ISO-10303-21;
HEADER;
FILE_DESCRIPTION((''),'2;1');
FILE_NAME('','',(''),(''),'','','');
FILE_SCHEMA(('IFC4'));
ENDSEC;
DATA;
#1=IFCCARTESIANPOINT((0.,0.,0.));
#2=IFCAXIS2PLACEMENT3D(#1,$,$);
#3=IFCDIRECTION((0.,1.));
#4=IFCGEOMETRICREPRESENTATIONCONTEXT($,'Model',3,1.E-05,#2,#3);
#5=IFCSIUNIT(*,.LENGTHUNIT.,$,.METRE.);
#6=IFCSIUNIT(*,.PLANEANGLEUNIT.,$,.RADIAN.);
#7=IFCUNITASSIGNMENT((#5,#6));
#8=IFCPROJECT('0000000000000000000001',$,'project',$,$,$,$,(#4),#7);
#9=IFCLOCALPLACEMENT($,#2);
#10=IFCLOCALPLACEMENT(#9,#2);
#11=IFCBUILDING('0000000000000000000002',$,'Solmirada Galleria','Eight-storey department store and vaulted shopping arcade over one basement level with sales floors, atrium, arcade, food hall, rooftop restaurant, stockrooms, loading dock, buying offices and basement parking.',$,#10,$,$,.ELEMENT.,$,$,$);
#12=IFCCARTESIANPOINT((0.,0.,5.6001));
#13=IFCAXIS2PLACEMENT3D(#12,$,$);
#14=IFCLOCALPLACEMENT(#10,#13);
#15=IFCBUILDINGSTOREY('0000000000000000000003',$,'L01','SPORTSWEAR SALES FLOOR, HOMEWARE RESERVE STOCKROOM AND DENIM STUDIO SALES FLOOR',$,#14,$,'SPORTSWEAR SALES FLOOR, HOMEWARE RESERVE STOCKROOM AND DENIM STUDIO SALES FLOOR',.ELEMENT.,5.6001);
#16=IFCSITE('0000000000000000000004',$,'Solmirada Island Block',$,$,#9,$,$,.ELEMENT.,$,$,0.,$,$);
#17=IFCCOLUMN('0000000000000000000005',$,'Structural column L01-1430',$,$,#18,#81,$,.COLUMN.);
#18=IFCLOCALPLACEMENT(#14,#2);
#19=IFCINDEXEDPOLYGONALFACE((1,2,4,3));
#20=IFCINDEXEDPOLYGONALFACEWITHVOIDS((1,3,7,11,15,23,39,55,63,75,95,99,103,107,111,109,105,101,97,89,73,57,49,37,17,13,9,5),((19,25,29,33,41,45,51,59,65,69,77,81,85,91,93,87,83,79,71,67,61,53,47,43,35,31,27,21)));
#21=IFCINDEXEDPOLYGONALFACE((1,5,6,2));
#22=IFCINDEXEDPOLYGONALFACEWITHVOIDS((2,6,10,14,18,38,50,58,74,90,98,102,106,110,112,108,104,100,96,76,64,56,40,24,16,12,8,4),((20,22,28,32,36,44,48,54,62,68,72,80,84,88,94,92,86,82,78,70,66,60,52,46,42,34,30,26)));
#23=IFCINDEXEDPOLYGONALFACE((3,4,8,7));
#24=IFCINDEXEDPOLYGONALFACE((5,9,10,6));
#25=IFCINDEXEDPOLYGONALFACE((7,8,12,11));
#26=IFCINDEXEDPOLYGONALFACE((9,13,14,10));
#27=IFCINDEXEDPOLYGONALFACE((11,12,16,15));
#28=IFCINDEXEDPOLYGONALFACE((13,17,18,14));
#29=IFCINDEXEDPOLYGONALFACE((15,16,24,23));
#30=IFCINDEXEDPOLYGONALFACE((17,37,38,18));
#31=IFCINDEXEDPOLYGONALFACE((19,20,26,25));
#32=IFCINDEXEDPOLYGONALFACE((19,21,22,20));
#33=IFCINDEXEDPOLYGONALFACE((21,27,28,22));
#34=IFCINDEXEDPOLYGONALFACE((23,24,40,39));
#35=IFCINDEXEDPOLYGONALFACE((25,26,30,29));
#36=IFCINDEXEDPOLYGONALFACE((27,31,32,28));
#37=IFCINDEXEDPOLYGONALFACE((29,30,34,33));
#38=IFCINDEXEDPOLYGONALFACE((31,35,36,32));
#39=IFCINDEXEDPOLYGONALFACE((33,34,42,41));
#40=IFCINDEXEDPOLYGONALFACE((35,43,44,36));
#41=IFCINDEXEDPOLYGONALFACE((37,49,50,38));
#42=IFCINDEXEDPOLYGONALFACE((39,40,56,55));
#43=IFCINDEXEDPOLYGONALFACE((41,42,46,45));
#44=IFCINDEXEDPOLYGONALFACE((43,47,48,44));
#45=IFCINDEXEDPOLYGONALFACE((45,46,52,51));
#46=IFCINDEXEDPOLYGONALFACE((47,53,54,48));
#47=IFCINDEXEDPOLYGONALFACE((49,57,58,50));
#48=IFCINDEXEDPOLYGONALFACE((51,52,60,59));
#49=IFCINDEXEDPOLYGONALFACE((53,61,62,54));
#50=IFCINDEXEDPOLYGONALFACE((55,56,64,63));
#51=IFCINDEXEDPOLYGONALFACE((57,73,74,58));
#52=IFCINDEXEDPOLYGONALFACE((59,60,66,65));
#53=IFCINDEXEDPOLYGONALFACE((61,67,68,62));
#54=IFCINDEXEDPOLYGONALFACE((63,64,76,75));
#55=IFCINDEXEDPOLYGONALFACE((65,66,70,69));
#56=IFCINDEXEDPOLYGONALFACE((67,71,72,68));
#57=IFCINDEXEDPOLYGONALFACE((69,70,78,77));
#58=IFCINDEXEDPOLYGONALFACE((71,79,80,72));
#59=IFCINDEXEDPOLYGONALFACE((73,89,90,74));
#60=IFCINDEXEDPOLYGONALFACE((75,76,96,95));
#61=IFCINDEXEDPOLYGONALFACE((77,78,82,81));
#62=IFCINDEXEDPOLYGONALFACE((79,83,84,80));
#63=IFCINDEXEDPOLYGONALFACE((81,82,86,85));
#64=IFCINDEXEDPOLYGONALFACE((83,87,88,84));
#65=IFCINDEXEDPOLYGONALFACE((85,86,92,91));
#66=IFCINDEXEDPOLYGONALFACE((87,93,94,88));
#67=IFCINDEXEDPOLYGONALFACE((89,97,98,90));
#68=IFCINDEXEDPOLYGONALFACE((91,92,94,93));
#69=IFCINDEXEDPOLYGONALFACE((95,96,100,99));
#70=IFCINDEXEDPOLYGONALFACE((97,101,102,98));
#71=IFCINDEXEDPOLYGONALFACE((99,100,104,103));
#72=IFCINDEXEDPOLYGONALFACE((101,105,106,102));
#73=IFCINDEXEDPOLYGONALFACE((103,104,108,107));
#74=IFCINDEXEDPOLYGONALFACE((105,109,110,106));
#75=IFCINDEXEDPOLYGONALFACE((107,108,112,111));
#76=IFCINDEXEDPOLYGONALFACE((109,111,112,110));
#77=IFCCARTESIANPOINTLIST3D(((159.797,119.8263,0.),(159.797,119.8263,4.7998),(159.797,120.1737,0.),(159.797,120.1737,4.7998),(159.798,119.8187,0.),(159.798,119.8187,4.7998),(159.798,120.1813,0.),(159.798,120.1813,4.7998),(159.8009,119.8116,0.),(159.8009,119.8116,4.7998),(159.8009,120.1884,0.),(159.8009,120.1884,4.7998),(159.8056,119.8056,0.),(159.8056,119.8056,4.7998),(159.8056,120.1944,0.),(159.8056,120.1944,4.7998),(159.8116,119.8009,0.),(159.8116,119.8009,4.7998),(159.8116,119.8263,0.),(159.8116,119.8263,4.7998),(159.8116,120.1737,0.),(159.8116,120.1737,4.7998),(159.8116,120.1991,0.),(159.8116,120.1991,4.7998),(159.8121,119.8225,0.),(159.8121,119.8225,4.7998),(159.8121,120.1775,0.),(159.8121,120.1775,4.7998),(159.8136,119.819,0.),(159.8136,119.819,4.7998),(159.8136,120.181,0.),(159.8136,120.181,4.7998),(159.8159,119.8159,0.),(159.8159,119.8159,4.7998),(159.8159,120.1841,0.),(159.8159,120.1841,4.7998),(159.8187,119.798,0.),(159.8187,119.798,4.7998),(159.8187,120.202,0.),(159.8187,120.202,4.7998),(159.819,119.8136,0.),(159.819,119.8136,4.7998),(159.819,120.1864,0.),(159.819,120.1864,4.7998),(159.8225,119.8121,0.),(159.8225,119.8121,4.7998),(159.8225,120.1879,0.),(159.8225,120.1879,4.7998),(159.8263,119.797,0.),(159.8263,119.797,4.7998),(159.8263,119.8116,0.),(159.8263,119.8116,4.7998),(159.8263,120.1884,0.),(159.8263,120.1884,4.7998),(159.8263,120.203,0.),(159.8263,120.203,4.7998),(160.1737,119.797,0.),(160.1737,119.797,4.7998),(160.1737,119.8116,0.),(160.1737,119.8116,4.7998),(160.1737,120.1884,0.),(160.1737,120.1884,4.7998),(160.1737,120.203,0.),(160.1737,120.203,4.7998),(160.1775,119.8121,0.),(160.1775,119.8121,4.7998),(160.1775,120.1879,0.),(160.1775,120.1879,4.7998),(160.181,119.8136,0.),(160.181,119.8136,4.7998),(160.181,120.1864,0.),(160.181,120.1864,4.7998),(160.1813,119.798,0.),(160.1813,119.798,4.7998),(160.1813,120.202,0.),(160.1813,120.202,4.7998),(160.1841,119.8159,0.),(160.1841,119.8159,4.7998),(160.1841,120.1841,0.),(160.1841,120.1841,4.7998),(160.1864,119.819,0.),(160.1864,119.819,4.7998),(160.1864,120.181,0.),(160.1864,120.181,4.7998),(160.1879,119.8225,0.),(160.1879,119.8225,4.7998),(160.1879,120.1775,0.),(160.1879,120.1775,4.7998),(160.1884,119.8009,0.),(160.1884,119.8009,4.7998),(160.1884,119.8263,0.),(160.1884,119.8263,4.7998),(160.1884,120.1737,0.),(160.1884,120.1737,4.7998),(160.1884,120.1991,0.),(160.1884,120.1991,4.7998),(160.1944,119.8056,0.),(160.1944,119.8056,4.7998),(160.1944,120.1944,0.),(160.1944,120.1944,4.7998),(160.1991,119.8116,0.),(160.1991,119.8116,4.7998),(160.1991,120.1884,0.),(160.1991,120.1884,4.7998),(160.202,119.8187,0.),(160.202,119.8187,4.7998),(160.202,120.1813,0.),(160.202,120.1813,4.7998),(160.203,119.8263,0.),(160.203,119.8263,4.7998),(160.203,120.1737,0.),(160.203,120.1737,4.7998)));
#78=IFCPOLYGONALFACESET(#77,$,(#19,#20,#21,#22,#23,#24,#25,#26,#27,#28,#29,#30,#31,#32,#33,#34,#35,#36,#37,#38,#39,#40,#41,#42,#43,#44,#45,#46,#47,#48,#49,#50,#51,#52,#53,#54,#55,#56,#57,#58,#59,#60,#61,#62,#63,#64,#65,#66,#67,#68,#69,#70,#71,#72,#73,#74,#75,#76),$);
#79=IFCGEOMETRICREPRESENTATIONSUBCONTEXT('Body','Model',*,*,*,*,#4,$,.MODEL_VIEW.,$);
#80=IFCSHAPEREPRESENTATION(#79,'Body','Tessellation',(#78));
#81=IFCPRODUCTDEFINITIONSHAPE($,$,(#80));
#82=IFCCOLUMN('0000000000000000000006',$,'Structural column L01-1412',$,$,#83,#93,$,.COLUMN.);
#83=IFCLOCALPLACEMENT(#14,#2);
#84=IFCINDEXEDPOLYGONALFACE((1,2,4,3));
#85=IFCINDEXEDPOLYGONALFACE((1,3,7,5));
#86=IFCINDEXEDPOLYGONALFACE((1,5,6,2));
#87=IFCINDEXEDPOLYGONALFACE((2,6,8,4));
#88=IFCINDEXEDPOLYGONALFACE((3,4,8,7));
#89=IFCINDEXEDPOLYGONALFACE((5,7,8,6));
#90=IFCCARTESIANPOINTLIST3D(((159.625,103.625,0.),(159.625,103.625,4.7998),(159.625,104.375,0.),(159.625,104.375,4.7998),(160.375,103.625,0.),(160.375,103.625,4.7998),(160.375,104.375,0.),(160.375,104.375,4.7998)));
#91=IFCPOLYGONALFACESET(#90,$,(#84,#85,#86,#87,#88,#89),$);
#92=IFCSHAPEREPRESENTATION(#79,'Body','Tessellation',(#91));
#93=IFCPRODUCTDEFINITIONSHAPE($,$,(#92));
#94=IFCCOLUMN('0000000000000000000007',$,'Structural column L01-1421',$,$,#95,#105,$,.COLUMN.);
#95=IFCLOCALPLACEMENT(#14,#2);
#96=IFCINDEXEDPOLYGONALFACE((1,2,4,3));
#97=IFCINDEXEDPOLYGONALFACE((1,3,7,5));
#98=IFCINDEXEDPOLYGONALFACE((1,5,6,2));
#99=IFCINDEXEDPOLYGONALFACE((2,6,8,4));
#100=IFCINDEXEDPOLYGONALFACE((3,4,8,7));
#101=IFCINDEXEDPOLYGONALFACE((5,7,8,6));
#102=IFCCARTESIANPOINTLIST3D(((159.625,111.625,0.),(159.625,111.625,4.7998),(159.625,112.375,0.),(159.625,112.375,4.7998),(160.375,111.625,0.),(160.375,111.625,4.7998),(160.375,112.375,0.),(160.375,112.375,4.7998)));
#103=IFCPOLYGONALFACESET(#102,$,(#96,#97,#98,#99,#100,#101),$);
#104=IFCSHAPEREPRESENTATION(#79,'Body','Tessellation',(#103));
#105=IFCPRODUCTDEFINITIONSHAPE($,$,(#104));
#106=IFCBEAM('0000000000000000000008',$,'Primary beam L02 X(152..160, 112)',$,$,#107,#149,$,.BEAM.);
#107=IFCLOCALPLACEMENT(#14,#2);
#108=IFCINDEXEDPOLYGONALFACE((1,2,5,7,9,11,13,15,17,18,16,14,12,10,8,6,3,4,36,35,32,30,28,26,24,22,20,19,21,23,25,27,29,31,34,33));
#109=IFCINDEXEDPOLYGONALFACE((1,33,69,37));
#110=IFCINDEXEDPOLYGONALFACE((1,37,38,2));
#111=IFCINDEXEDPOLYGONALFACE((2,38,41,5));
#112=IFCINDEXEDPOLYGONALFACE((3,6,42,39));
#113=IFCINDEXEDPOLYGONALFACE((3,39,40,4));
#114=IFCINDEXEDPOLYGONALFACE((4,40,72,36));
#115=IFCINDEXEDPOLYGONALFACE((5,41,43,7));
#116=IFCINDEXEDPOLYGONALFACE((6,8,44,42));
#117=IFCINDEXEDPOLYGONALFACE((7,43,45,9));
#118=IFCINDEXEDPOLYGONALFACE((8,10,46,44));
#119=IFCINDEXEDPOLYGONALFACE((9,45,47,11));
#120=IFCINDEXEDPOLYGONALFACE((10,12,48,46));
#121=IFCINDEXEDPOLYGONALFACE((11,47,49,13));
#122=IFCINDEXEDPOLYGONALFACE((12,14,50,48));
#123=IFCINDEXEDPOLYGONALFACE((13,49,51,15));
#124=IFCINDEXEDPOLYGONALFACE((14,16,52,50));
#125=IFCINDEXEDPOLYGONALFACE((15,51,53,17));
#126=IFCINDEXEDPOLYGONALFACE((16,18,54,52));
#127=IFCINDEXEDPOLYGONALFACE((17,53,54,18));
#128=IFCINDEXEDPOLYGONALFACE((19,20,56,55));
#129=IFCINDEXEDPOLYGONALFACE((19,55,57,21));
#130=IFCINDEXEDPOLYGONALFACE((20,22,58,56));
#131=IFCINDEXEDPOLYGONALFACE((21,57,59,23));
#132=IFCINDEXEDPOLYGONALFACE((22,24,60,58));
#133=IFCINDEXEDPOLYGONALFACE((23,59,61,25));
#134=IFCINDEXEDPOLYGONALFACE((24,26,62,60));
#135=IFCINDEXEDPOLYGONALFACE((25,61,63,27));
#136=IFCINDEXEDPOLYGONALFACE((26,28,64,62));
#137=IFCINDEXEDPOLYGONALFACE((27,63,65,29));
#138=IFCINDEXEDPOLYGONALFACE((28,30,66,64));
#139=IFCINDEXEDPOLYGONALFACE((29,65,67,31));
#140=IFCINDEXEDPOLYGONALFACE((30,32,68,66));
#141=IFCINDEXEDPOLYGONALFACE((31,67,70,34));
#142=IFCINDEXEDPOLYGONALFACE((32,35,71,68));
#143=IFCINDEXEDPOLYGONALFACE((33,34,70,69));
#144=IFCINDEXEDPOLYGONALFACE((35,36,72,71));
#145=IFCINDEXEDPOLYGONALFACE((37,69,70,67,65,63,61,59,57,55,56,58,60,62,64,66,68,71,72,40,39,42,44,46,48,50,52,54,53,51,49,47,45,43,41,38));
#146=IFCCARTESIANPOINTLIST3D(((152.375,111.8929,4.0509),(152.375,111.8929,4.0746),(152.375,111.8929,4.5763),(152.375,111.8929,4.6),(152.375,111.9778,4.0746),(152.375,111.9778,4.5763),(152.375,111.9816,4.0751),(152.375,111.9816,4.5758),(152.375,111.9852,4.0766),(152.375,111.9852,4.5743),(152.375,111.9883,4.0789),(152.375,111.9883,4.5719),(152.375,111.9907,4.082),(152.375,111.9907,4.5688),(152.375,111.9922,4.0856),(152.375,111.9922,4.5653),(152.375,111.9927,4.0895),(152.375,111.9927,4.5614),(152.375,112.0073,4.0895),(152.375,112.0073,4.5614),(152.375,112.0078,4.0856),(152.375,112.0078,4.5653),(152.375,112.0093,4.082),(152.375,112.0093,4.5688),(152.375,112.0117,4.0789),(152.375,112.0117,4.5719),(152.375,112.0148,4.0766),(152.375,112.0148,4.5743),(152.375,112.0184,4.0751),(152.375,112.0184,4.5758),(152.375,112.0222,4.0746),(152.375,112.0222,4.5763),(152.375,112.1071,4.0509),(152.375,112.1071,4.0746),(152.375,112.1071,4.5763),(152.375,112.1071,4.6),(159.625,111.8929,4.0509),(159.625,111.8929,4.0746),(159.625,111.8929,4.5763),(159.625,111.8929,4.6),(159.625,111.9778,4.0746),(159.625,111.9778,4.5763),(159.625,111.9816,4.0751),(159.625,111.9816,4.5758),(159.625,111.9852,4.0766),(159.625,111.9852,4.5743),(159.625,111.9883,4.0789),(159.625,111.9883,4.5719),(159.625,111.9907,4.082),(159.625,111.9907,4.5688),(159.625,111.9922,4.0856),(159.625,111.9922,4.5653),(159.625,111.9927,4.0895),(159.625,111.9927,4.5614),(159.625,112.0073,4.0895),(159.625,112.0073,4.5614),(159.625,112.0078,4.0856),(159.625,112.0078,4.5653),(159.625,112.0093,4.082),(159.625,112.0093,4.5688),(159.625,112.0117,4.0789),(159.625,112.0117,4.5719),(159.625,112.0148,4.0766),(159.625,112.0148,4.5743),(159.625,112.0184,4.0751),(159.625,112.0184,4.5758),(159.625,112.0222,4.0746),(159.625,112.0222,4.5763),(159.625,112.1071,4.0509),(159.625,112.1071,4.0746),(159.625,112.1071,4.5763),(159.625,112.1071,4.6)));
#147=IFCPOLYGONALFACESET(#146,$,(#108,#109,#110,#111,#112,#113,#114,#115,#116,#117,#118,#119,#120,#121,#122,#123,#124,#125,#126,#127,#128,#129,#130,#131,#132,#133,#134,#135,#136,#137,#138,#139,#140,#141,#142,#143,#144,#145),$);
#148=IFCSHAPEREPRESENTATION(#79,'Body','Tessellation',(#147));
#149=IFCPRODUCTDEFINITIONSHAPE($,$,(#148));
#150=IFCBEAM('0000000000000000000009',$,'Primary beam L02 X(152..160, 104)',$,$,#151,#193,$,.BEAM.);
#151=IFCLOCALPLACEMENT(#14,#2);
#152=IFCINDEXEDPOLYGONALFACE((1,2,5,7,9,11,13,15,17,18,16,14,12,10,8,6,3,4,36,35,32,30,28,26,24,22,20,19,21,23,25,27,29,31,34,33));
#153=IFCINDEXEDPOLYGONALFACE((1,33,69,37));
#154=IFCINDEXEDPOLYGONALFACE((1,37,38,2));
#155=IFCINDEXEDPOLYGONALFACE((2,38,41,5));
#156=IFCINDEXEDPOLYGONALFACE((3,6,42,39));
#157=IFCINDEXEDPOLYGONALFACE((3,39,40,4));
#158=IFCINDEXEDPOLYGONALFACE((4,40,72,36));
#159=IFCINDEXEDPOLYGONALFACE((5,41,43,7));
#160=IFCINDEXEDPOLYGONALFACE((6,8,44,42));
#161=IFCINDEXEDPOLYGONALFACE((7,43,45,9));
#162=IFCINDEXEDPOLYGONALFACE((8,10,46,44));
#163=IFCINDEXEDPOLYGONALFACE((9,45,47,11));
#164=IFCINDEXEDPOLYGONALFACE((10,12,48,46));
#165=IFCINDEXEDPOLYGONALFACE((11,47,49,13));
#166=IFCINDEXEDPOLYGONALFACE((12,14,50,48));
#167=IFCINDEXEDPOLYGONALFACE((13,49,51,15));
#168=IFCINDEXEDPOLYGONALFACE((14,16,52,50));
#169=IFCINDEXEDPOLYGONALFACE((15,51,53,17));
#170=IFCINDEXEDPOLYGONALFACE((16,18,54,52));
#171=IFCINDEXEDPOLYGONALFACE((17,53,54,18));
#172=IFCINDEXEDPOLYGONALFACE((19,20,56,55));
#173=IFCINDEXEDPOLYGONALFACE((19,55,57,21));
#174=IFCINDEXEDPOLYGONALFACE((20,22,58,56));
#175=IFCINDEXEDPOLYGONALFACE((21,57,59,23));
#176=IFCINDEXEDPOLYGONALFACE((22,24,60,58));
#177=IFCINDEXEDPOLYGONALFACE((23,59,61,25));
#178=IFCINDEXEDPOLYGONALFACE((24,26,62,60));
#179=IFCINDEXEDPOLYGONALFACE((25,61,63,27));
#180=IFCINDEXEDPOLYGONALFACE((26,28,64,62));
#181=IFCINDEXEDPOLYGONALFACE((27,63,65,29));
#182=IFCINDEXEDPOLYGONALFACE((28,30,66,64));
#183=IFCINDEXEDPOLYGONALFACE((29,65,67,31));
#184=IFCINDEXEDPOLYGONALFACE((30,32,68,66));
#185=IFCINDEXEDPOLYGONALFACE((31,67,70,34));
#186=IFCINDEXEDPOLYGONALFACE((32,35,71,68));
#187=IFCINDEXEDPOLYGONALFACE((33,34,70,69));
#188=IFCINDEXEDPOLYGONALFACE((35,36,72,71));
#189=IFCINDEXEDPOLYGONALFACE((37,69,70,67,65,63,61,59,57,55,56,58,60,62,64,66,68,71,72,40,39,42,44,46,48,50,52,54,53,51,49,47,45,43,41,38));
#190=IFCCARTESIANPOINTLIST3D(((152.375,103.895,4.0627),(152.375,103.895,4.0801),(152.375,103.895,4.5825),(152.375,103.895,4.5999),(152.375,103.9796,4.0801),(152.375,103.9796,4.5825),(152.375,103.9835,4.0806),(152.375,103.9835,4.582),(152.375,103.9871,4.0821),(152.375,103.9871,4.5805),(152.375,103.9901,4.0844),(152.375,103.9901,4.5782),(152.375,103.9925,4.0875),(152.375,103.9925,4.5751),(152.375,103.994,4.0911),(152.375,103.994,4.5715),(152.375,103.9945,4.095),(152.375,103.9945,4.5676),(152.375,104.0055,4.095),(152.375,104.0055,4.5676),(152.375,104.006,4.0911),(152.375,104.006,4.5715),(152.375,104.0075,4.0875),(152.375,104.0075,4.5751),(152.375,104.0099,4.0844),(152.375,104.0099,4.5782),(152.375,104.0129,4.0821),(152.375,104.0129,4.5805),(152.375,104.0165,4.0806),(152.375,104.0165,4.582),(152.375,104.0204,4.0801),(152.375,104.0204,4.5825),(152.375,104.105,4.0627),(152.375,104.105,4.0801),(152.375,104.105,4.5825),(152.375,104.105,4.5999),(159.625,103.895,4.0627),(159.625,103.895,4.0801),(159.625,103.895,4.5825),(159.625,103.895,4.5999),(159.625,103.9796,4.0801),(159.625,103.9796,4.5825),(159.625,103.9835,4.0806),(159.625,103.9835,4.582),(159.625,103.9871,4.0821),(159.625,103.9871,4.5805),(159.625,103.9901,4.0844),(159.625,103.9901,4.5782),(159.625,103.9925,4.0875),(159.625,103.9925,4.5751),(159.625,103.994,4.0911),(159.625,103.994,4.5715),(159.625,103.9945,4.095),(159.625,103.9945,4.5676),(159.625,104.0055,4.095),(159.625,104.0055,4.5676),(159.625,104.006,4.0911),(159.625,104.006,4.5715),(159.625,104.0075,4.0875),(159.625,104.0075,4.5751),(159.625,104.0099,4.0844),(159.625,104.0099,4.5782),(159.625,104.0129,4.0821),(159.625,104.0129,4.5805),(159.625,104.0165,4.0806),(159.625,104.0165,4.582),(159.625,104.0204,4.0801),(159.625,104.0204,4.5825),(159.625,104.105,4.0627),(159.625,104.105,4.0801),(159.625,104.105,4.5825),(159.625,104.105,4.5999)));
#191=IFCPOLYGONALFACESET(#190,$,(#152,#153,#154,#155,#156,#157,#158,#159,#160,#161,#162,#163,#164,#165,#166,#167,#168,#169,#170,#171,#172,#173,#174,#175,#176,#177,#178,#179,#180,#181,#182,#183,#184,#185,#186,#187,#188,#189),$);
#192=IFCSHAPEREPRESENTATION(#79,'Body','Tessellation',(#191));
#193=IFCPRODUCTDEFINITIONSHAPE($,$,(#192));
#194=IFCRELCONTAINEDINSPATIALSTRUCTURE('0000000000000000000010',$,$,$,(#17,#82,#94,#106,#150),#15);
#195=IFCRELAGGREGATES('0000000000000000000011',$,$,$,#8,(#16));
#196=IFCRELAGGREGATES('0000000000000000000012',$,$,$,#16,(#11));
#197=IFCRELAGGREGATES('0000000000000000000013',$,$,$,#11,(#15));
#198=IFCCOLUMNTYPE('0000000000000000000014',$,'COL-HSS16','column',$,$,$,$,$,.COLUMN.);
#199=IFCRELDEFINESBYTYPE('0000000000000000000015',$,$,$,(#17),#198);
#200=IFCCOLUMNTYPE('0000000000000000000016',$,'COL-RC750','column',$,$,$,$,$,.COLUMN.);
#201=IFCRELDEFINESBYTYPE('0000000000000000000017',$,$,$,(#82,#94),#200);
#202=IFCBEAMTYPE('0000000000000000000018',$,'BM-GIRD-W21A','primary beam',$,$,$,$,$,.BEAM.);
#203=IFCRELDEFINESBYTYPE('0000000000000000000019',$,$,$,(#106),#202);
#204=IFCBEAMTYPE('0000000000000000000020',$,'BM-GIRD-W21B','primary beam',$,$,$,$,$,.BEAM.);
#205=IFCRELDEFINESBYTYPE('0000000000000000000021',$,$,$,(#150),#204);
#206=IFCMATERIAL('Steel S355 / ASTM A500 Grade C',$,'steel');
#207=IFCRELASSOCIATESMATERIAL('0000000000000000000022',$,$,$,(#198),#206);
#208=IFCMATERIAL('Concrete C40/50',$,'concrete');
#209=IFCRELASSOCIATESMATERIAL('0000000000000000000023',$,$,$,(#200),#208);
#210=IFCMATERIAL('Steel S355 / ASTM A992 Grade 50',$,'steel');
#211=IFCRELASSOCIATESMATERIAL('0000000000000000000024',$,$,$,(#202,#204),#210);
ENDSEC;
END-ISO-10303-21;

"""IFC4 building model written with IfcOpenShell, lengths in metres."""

from ifc_helpers import new_model, si_unit, direction, frame, origin, origin_2d, place, context, subcontext, project, spatial, rectangle, hollow_rectangle, i_section, extrude, material, material_profile, profile_set, type_object, element, save


model = new_model("IFC4")

# Units and contexts
model_context = context("Model", 3, precision=1e-05, world=origin(), true_north=direction((0.0, 1.0)))
body_context = subcontext(model_context, "Body", "Model", "MODEL_VIEW")
ifc_project = project(units=[si_unit("LENGTHUNIT", "METRE"), si_unit("PLANEANGLEUNIT", "RADIAN")], contexts=[model_context])

# Site, building, storey
site_placement = place(None, origin())
site = spatial("IfcSite", under=ifc_project, at=site_placement, Name="Solmirada Island Block", CompositionType="ELEMENT", RefElevation=0.0)
building_placement = place(site_placement, origin())
building = spatial("IfcBuilding", under=site, at=building_placement, Name="Solmirada Galleria", Description="Eight-storey department store and vaulted shopping arcade over one basement level with sales floors, atrium, arcade, food hall, rooftop restaurant, stockrooms, loading dock, buying offices and basement parking.", CompositionType="ELEMENT")
storey_placement = place(building_placement, frame((0.0, 0.0, 5.6001)))
storey = spatial("IfcBuildingStorey", under=building, at=storey_placement, Name="L01", Description="SPORTSWEAR SALES FLOOR, HOMEWARE RESERVE STOCKROOM AND DENIM STUDIO SALES FLOOR", LongName="SPORTSWEAR SALES FLOOR, HOMEWARE RESERVE STOCKROOM AND DENIM STUDIO SALES FLOOR", CompositionType="ELEMENT", Elevation=5.6001)

# Columns
ifc_material_1 = material(Name="Steel S355 / ASTM A500 Grade C", Category="steel")
ifc_material_profile_1 = material_profile(ifc_material_1, hollow_rectangle(XDim=0.406, YDim=0.406, WallThickness=0.0146, InnerFilletRadius=0.0146, OuterFilletRadius=0.0293, at=origin_2d()), Name="HSS16X16X5/8")
ifc_profile_set_1 = profile_set([ifc_material_profile_1], Name="Steel S355 / ASTM A500 Grade C")
column_type_1 = type_object("IfcColumnType", Name="COL-HSS16", Description="column", PredefinedType="COLUMN", material=ifc_profile_set_1)
column_placement = place(storey_placement, frame((160.0, 120.0, 0.0), z_axis=(0.0, 0.0, 1.0), x_axis=(1.0, 0.0, 0.0)))
element("IfcColumn", 1, at=column_placement, inside=storey, type_object=column_type_1, Name="Structural column L01-1430", PredefinedType="COLUMN", context=body_context, shape_type="SweptSolid", body=[
    extrude(hollow_rectangle(XDim=0.406, YDim=0.406, WallThickness=0.0146, InnerFilletRadius=0.0146, OuterFilletRadius=0.0293, at=origin_2d()), origin(), (0.0, 0.0, 1.0), 4.7998),
])
ifc_material_2 = material(Name="Concrete C40/50", Category="concrete")
ifc_material_profile_2 = material_profile(ifc_material_2, rectangle(XDim=0.75, YDim=0.75, at=origin_2d()), Name="RC750X750")
ifc_profile_set_2 = profile_set([ifc_material_profile_2], Name="Concrete C40/50")
column_type_2 = type_object("IfcColumnType", Name="COL-RC750", Description="column", PredefinedType="COLUMN", material=ifc_profile_set_2)
for number, where, z_axis, x_axis, name in (
    (2, (160.0, 104.0, 0.0), (0.0, 0.0, 1.0), (1.0, 0.0, 0.0), "Structural column L01-1412"),
    (3, (160.0, 112.0, 0.0), (0.0, 0.0, 1.0), (1.0, 0.0, 0.0), "Structural column L01-1421"),
):
    element("IfcColumn", number, at=place(storey_placement, frame(where, z_axis=z_axis, x_axis=x_axis)), inside=storey, type_object=column_type_2, Name=name, PredefinedType="COLUMN", context=body_context, shape_type="SweptSolid", body=[
        extrude(rectangle(XDim=0.75, YDim=0.75, at=origin_2d()), origin(), (0.0, 0.0, 1.0), 4.7998),
    ])

# Beams
ifc_material_3 = material(Name="Steel S355 / ASTM A992 Grade 50", Category="steel")
ifc_material_profile_3 = material_profile(ifc_material_3, i_section(OverallWidth=0.2141, OverallDepth=0.5491, WebThickness=0.0146, FlangeThickness=0.0237, FilletRadius=0.0149, at=origin_2d()), Name="W21X93")
ifc_profile_set_3 = profile_set([ifc_material_profile_3], Name="Steel S355 / ASTM A992 Grade 50")
beam_type_1 = type_object("IfcBeamType", Name="BM-GIRD-W21A", Description="primary beam", PredefinedType="BEAM", material=ifc_profile_set_3)
beam_1_placement = place(storey_placement, frame((152.375, 112.0, 4.3254), z_axis=(1.0, 0.0, 0.0), x_axis=(0.0, 1.0, 0.0)))
element("IfcBeam", 4, at=beam_1_placement, inside=storey, type_object=beam_type_1, Name="Primary beam L02 X(152..160, 112)", PredefinedType="BEAM", context=body_context, shape_type="SweptSolid", body=[
    extrude(i_section(OverallWidth=0.2141, OverallDepth=0.5491, WebThickness=0.0146, FlangeThickness=0.0237, FilletRadius=0.0149, at=origin_2d()), origin(), (0.0, 0.0, 1.0), 7.25),
])
ifc_material_profile_4 = material_profile(ifc_material_3, i_section(OverallWidth=0.21, OverallDepth=0.5371, WebThickness=0.011, FlangeThickness=0.0173, FilletRadius=0.0149, at=origin_2d()), Name="W21X68")
ifc_profile_set_4 = profile_set([ifc_material_profile_4], Name="Steel S355 / ASTM A992 Grade 50")
beam_type_2 = type_object("IfcBeamType", Name="BM-GIRD-W21B", Description="primary beam", PredefinedType="BEAM", material=ifc_profile_set_4)
for number, where, z_axis, x_axis, name in (
    (5, (152.375, 104.0, 4.3313), (1.0, 0.0, 0.0), (0.0, 1.0, 0.0), "Primary beam L02 X(152..160, 104)"),
):
    element("IfcBeam", number, at=place(storey_placement, frame(where, z_axis=z_axis, x_axis=x_axis)), inside=storey, type_object=beam_type_2, Name=name, PredefinedType="BEAM", context=body_context, shape_type="SweptSolid", body=[
        extrude(i_section(OverallWidth=0.21, OverallDepth=0.5371, WebThickness=0.011, FlangeThickness=0.0173, FilletRadius=0.0149, at=origin_2d()), origin(), (0.0, 0.0, 1.0), 7.25),
    ])

save(model, "model.ifc")
